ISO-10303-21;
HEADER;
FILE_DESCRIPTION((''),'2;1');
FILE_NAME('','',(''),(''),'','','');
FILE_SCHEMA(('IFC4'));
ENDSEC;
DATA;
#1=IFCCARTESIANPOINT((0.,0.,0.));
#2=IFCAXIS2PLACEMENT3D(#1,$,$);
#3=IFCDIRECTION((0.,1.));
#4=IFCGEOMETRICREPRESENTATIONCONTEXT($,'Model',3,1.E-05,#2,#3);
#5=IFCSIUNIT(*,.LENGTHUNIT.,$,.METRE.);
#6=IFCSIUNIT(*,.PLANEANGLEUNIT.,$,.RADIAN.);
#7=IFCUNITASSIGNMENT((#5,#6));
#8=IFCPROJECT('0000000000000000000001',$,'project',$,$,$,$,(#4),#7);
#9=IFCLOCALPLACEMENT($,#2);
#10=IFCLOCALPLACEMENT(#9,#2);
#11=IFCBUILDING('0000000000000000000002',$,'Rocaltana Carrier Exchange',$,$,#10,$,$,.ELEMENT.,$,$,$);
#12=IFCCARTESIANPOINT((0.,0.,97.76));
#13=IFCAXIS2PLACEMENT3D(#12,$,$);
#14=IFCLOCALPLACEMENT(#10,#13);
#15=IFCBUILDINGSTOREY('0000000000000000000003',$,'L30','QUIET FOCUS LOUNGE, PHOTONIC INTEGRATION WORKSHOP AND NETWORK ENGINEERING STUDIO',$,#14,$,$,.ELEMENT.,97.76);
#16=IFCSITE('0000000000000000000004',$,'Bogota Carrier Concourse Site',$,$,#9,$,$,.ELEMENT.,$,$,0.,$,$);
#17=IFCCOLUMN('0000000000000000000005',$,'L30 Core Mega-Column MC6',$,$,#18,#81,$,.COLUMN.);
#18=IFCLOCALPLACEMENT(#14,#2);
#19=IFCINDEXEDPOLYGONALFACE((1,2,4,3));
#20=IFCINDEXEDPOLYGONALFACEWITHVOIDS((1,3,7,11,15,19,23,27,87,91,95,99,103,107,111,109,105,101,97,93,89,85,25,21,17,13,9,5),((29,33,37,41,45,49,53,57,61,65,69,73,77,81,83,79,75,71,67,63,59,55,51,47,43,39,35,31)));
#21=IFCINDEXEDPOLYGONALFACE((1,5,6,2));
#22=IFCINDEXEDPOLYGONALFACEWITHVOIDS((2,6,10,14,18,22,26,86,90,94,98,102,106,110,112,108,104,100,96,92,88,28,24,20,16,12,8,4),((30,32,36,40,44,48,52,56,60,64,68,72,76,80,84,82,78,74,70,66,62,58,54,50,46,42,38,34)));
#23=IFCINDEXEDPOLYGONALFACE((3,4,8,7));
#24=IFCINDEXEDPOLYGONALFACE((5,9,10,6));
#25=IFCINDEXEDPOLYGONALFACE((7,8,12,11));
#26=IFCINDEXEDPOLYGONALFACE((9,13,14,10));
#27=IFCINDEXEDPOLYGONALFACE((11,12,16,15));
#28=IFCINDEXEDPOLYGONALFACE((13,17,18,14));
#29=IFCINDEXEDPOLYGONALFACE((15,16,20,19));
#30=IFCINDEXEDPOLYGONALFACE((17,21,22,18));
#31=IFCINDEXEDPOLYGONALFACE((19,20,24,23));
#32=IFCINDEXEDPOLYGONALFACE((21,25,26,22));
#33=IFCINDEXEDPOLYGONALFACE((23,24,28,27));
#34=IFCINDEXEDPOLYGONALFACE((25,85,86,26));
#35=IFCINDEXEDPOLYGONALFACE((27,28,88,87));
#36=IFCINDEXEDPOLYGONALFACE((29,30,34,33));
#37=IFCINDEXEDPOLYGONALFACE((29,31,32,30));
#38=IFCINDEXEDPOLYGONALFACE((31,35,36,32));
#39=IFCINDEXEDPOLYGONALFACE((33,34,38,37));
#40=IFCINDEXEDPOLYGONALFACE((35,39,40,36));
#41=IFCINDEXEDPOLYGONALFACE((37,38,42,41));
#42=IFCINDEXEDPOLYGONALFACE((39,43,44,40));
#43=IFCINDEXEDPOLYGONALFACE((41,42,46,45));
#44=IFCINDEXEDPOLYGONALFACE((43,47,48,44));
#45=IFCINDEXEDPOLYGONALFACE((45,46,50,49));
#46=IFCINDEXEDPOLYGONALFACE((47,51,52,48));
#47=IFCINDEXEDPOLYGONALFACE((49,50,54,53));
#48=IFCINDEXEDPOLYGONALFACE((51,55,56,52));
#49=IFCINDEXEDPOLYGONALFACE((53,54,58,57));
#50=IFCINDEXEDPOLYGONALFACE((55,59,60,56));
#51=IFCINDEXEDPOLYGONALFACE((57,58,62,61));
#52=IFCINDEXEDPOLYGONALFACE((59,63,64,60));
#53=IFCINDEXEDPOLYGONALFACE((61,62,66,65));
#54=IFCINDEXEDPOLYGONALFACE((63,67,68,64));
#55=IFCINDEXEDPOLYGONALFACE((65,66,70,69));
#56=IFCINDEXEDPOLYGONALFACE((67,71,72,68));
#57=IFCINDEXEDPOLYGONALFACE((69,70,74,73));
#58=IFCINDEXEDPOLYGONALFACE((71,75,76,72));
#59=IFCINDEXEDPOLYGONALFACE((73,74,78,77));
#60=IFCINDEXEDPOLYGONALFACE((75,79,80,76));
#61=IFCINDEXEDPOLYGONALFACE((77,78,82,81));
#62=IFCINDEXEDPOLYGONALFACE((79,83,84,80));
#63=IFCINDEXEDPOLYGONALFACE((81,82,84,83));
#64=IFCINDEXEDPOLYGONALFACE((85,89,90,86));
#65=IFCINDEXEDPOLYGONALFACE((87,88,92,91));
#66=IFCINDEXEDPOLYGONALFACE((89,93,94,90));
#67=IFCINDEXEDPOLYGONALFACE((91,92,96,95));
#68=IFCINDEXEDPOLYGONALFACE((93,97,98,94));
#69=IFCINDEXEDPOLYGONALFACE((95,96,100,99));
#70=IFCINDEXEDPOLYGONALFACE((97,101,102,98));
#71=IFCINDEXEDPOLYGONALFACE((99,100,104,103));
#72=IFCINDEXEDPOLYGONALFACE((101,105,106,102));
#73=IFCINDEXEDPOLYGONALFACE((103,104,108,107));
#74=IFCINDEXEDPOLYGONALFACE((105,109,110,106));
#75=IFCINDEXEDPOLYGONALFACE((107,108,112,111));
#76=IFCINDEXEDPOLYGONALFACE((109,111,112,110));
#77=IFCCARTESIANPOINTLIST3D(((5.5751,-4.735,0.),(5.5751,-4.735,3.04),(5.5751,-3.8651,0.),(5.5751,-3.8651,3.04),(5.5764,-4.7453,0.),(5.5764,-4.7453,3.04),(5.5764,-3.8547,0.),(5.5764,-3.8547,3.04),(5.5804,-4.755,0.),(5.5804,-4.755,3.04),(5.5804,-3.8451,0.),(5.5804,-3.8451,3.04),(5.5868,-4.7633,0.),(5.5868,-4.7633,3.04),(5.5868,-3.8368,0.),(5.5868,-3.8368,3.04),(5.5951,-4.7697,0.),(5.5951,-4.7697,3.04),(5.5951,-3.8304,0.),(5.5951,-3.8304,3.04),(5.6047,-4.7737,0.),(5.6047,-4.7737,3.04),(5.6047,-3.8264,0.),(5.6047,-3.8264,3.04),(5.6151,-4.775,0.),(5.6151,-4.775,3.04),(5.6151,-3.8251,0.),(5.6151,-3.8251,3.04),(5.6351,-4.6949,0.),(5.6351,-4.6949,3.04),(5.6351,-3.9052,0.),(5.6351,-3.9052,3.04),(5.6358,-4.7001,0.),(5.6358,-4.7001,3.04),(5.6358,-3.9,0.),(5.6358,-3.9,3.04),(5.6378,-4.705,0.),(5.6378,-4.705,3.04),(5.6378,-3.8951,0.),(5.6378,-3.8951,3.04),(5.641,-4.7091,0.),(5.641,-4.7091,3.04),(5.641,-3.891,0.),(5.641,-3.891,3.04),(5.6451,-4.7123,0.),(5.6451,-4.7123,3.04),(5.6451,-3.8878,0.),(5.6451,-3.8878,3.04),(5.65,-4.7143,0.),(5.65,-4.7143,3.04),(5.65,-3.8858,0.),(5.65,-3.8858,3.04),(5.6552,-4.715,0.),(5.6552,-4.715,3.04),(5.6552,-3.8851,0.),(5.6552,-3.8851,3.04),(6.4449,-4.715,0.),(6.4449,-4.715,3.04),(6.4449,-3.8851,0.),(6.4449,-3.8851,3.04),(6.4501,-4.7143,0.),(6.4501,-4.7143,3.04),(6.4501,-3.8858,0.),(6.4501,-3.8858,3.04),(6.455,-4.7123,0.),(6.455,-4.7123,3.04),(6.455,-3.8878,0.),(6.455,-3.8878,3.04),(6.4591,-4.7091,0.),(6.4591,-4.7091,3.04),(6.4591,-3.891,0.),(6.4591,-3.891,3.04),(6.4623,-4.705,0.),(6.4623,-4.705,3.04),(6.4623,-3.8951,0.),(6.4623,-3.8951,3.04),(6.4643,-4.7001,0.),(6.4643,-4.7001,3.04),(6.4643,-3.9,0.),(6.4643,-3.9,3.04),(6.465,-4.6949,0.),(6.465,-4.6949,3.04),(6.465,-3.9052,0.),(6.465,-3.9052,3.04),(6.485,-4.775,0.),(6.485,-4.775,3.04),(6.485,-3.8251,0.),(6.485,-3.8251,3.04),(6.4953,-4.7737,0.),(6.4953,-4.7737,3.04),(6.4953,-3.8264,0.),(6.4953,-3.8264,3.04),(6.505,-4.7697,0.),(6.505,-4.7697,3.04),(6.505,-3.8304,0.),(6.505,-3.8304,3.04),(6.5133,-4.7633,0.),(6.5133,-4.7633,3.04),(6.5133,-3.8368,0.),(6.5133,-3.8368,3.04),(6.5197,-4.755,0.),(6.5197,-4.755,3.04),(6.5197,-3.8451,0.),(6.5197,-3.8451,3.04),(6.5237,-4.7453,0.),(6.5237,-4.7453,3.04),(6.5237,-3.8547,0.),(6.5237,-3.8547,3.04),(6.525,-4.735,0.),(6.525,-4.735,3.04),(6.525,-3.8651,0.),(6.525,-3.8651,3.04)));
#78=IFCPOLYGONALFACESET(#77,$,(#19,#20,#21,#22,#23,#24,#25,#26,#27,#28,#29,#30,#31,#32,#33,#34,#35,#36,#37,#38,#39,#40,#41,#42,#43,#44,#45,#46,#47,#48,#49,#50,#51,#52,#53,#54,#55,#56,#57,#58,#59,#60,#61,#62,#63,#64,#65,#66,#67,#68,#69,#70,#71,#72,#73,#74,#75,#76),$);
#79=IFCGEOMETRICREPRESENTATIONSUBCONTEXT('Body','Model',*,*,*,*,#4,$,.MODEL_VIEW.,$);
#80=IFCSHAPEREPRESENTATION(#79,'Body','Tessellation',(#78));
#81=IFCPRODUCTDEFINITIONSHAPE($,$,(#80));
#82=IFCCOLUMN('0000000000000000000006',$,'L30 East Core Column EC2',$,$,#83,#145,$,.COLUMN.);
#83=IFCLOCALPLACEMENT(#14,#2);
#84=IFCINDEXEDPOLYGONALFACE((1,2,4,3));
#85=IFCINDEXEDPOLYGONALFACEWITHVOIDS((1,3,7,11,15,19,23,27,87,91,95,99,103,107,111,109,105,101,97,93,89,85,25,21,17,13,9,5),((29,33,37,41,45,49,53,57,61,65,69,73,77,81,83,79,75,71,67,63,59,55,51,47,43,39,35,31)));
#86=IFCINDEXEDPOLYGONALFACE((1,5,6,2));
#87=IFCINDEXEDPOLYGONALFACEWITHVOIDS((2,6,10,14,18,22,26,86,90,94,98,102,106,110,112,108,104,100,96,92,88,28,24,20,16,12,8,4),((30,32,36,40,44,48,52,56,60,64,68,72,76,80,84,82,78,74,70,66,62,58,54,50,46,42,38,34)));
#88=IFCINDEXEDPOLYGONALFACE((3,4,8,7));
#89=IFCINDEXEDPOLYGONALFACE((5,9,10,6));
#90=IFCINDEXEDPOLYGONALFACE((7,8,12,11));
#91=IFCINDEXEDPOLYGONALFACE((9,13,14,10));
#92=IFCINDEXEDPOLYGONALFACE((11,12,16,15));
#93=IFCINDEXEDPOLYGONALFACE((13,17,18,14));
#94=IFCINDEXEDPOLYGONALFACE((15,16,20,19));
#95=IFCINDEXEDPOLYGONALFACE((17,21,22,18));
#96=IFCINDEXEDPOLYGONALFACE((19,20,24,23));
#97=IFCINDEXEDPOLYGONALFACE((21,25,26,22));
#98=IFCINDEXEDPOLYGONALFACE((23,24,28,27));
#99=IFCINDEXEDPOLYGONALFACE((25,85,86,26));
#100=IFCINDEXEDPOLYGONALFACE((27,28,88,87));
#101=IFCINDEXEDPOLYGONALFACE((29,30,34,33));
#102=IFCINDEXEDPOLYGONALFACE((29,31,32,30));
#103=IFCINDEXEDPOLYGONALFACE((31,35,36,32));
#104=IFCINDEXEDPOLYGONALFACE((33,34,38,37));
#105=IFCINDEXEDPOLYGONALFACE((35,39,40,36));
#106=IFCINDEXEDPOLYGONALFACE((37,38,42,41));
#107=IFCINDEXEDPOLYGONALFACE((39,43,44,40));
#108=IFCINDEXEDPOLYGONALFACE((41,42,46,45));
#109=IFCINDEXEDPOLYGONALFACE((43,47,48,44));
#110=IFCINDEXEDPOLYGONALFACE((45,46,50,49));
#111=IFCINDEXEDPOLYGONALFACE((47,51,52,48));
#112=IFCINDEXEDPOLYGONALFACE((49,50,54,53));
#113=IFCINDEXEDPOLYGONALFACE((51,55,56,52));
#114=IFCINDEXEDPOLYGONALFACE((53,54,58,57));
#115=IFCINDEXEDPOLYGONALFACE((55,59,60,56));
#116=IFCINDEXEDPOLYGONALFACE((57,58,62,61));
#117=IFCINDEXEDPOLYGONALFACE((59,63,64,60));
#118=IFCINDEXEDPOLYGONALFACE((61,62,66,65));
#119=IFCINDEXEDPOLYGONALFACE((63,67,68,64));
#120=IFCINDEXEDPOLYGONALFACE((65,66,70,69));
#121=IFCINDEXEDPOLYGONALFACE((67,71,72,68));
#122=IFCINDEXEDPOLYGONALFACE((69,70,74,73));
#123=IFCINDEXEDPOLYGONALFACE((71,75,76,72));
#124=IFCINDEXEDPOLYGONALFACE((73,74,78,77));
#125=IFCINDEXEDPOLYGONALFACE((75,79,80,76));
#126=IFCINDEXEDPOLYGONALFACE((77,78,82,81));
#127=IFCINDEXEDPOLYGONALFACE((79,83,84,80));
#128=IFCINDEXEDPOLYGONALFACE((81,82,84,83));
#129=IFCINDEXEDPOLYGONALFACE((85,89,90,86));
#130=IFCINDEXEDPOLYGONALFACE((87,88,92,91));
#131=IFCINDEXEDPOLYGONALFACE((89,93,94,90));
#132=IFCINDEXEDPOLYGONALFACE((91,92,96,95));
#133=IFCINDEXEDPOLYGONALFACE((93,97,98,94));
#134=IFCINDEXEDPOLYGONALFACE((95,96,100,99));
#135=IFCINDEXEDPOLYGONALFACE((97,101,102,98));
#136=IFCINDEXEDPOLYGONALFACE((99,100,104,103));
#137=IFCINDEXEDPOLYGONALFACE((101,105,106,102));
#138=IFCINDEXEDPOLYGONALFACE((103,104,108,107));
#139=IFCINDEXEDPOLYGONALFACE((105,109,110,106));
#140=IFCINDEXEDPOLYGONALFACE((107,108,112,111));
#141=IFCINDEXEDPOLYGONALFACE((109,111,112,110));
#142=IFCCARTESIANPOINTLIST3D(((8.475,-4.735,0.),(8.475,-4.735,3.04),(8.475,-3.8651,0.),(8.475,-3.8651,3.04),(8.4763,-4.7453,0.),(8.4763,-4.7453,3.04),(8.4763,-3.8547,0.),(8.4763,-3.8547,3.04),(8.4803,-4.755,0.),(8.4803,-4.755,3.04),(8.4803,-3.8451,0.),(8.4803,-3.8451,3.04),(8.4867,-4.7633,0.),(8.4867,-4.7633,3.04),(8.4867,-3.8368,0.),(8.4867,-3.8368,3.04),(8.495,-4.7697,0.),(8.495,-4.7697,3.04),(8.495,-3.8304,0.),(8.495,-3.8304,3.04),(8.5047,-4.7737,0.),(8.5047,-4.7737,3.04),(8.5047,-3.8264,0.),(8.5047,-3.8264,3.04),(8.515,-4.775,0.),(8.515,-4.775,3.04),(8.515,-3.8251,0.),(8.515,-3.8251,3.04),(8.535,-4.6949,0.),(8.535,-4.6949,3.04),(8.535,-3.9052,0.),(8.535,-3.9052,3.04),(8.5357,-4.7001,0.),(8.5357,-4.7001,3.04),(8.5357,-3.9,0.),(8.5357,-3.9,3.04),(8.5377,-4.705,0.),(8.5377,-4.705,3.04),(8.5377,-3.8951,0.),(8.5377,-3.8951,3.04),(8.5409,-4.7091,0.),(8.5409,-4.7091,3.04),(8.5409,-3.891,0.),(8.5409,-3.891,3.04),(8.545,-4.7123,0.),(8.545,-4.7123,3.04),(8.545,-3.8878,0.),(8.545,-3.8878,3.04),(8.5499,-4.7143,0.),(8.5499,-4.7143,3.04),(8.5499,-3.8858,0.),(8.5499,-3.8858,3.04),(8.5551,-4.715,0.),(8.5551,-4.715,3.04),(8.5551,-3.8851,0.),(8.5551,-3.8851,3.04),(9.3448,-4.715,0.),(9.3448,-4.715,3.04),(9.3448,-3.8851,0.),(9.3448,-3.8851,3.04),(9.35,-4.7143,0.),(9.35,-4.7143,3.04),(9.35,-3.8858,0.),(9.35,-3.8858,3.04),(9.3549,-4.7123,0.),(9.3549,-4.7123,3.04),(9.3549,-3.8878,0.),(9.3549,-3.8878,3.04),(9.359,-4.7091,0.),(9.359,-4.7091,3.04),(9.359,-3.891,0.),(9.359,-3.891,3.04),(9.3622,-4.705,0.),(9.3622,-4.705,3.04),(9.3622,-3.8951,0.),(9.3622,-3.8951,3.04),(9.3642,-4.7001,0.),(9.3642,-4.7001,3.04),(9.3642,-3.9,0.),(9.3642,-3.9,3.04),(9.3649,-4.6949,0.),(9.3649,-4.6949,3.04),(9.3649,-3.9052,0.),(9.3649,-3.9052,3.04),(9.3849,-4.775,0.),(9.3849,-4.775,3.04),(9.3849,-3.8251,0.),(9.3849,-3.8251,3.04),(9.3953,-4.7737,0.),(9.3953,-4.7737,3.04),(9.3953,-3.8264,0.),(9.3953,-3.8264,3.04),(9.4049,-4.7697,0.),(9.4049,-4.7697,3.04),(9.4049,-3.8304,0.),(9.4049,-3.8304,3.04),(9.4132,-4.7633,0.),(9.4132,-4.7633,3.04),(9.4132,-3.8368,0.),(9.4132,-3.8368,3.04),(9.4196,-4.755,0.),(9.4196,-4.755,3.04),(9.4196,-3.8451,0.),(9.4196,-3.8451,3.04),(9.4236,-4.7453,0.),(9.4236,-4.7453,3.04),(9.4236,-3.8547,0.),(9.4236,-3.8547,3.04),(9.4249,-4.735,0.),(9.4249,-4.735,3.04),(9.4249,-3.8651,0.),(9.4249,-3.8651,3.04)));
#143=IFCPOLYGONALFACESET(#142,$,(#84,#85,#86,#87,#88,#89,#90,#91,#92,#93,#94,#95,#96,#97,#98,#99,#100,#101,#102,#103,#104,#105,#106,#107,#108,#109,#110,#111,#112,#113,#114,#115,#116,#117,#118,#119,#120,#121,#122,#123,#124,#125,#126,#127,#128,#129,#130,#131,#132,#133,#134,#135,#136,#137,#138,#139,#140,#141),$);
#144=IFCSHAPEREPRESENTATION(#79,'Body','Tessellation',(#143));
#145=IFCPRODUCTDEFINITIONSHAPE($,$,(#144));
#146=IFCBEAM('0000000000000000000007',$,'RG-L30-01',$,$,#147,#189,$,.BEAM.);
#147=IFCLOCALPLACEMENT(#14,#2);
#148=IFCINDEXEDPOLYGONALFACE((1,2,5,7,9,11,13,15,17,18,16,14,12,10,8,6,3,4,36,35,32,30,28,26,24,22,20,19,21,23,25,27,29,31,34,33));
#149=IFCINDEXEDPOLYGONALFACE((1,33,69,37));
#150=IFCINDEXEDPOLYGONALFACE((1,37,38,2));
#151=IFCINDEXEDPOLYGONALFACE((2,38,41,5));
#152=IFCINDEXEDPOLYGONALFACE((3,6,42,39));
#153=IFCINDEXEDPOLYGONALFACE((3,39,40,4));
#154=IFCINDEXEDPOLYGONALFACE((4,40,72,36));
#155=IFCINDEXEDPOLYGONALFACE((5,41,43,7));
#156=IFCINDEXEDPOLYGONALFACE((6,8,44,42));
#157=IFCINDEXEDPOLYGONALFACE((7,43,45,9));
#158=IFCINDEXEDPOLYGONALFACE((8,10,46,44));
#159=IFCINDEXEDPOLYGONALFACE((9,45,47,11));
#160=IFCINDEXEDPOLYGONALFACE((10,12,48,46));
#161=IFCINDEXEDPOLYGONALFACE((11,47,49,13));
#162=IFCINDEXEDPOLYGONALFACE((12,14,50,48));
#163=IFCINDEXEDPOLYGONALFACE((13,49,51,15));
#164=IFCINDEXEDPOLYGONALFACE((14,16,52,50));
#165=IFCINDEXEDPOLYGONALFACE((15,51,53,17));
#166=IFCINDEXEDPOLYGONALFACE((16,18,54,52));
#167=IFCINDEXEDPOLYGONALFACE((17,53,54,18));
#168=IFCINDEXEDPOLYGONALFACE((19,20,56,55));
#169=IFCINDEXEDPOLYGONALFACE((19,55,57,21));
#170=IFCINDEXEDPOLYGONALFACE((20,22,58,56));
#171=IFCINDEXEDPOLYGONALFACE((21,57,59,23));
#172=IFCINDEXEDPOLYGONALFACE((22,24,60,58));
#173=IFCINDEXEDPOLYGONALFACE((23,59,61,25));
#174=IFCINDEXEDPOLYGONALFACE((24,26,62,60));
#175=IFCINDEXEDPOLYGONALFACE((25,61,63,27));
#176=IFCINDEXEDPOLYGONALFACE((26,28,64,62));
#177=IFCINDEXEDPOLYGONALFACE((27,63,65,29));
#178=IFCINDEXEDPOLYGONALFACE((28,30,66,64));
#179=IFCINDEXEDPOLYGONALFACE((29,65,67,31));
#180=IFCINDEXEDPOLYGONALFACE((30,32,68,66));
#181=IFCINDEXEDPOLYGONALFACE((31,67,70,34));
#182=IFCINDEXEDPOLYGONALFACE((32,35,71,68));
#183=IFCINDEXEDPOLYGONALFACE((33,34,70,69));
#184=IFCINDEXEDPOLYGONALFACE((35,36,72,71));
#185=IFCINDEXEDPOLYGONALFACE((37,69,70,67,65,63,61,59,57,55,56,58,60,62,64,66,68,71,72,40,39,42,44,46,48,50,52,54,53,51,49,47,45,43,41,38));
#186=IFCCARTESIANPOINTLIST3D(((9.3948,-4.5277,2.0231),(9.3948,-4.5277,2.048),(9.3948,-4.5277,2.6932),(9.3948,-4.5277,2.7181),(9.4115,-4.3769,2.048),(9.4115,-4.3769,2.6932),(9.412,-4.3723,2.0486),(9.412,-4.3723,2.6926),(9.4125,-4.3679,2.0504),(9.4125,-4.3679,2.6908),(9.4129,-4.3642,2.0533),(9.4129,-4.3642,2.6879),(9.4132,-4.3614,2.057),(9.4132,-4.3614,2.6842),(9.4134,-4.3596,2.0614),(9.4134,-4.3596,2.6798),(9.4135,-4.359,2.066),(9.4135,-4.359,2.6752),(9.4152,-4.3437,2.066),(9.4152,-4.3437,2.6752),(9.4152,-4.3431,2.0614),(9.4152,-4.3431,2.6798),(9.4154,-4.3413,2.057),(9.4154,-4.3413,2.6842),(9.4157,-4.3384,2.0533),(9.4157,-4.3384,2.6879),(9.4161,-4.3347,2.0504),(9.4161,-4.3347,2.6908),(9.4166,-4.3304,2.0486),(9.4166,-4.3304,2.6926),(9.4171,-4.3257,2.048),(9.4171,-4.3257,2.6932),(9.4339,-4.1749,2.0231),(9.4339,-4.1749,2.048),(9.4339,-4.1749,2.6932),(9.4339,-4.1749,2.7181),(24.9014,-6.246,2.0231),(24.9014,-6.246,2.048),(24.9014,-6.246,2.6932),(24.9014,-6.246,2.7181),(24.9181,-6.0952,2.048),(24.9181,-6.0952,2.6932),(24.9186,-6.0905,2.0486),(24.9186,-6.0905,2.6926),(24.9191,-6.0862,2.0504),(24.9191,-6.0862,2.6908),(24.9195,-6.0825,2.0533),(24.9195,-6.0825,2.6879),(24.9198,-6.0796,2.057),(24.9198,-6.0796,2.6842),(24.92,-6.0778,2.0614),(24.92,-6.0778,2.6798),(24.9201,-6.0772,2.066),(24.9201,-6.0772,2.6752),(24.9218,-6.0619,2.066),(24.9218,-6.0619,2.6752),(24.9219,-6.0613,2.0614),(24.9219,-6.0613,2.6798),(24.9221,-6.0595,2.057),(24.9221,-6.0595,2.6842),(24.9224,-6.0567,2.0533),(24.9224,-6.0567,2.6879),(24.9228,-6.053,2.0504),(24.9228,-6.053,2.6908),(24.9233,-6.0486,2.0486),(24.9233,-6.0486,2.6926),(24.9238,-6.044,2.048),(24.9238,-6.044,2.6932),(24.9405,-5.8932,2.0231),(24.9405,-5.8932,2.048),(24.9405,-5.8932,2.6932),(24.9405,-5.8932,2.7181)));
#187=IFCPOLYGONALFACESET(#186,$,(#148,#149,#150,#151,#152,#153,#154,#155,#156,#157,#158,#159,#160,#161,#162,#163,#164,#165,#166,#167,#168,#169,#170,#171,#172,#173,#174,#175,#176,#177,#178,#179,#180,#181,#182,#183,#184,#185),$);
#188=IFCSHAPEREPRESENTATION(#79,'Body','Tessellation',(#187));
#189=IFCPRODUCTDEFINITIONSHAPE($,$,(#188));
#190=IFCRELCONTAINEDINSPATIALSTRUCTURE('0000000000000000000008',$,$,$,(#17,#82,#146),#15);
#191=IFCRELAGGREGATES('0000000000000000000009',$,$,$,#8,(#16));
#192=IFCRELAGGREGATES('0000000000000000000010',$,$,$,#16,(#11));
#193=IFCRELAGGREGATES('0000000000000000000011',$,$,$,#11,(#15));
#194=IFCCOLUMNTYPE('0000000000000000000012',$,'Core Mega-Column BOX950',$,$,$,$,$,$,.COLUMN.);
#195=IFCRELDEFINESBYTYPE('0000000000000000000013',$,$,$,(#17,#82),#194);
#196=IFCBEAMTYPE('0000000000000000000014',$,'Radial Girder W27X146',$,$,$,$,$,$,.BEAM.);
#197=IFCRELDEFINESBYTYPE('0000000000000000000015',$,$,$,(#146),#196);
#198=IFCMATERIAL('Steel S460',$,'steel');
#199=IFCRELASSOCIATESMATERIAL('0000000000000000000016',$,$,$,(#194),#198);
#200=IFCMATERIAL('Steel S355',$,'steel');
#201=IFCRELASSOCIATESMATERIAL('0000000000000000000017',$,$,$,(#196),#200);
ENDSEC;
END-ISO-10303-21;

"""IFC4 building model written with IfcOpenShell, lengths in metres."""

from ifc_helpers import new_model, si_unit, direction, frame, origin, origin_2d, place, context, subcontext, project, spatial, hollow_rectangle, i_section, extrude, material, material_profile, profile_set, type_object, element, save


model = new_model("IFC4")

# Units and contexts
model_context = context("Model", 3, precision=1e-05, world=origin(), true_north=direction((0.0, 1.0)))
body_context = subcontext(model_context, "Body", "Model", "MODEL_VIEW")
ifc_project = project(units=[si_unit("LENGTHUNIT", "METRE"), si_unit("PLANEANGLEUNIT", "RADIAN")], contexts=[model_context])

# Site, building, storey
site_placement = place(None, origin())
site = spatial("IfcSite", under=ifc_project, at=site_placement, Name="Bogota Carrier Concourse Site", CompositionType="ELEMENT", RefElevation=0.0)
building_placement = place(site_placement, origin())
building = spatial("IfcBuilding", under=site, at=building_placement, Name="Rocaltana Carrier Exchange", CompositionType="ELEMENT")
storey_placement = place(building_placement, frame((0.0, 0.0, 97.76)))
storey = spatial("IfcBuildingStorey", under=building, at=storey_placement, Name="L30", Description="QUIET FOCUS LOUNGE, PHOTONIC INTEGRATION WORKSHOP AND NETWORK ENGINEERING STUDIO", CompositionType="ELEMENT", Elevation=97.76)

# Columns
ifc_material_1 = material(Name="Steel S460", Category="steel")
ifc_material_profile_1 = material_profile(ifc_material_1, hollow_rectangle(XDim=0.95, YDim=0.95, WallThickness=0.0601, InnerFilletRadius=0.02, OuterFilletRadius=0.04, at=origin_2d()), Name="BOX950X950X60")
ifc_profile_set_1 = profile_set([ifc_material_profile_1], Name="Steel S460")
column_type = type_object("IfcColumnType", Name="Core Mega-Column BOX950", PredefinedType="COLUMN", material=ifc_profile_set_1)
for number, where, z_axis, x_axis, name in (
    (1, (6.05, -4.3, 0.0), (0.0, 0.0, 1.0), (1.0, 0.0, 0.0), "L30 Core Mega-Column MC6"),
    (2, (8.95, -4.3, 0.0), (0.0, 0.0, 1.0), (1.0, 0.0, 0.0), "L30 East Core Column EC2"),
):
    element("IfcColumn", number, at=place(storey_placement, frame(where, z_axis=z_axis, x_axis=x_axis)), inside=storey, type_object=column_type, Name=name, PredefinedType="COLUMN", context=body_context, shape_type="SweptSolid", body=[
        extrude(hollow_rectangle(XDim=0.95, YDim=0.95, WallThickness=0.0601, InnerFilletRadius=0.02, OuterFilletRadius=0.04, at=origin_2d()), origin(), (0.0, 0.0, 1.0), 3.04),
    ])

# Beam
ifc_material_2 = material(Name="Steel S355", Category="steel")
ifc_material_profile_2 = material_profile(ifc_material_2, i_section(OverallWidth=0.355, OverallDepth=0.6951, WebThickness=0.0154, FlangeThickness=0.0249, FilletRadius=0.0181, at=origin_2d()), Name="W27X146")
ifc_profile_set_2 = profile_set([ifc_material_profile_2], Name="Steel S355")
beam_type = type_object("IfcBeamType", Name="Radial Girder W27X146", PredefinedType="BEAM", material=ifc_profile_set_2)
beam_placement = place(storey_placement, frame((9.4143, -4.3513, 2.3706), z_axis=(0.993917, -0.110134, 0.0), x_axis=(0.110134, 0.993917, 0.0)))
element("IfcBeam", 3, at=beam_placement, inside=storey, type_object=beam_type, Name="RG-L30-01", PredefinedType="BEAM", context=body_context, shape_type="SweptSolid", body=[
    extrude(i_section(OverallWidth=0.355, OverallDepth=0.6951, WebThickness=0.0154, FlangeThickness=0.0249, FilletRadius=0.0181, at=origin_2d()), origin(), (0.0, 0.0, 1.0), 15.6016),
])

save(model, "model.ifc")
